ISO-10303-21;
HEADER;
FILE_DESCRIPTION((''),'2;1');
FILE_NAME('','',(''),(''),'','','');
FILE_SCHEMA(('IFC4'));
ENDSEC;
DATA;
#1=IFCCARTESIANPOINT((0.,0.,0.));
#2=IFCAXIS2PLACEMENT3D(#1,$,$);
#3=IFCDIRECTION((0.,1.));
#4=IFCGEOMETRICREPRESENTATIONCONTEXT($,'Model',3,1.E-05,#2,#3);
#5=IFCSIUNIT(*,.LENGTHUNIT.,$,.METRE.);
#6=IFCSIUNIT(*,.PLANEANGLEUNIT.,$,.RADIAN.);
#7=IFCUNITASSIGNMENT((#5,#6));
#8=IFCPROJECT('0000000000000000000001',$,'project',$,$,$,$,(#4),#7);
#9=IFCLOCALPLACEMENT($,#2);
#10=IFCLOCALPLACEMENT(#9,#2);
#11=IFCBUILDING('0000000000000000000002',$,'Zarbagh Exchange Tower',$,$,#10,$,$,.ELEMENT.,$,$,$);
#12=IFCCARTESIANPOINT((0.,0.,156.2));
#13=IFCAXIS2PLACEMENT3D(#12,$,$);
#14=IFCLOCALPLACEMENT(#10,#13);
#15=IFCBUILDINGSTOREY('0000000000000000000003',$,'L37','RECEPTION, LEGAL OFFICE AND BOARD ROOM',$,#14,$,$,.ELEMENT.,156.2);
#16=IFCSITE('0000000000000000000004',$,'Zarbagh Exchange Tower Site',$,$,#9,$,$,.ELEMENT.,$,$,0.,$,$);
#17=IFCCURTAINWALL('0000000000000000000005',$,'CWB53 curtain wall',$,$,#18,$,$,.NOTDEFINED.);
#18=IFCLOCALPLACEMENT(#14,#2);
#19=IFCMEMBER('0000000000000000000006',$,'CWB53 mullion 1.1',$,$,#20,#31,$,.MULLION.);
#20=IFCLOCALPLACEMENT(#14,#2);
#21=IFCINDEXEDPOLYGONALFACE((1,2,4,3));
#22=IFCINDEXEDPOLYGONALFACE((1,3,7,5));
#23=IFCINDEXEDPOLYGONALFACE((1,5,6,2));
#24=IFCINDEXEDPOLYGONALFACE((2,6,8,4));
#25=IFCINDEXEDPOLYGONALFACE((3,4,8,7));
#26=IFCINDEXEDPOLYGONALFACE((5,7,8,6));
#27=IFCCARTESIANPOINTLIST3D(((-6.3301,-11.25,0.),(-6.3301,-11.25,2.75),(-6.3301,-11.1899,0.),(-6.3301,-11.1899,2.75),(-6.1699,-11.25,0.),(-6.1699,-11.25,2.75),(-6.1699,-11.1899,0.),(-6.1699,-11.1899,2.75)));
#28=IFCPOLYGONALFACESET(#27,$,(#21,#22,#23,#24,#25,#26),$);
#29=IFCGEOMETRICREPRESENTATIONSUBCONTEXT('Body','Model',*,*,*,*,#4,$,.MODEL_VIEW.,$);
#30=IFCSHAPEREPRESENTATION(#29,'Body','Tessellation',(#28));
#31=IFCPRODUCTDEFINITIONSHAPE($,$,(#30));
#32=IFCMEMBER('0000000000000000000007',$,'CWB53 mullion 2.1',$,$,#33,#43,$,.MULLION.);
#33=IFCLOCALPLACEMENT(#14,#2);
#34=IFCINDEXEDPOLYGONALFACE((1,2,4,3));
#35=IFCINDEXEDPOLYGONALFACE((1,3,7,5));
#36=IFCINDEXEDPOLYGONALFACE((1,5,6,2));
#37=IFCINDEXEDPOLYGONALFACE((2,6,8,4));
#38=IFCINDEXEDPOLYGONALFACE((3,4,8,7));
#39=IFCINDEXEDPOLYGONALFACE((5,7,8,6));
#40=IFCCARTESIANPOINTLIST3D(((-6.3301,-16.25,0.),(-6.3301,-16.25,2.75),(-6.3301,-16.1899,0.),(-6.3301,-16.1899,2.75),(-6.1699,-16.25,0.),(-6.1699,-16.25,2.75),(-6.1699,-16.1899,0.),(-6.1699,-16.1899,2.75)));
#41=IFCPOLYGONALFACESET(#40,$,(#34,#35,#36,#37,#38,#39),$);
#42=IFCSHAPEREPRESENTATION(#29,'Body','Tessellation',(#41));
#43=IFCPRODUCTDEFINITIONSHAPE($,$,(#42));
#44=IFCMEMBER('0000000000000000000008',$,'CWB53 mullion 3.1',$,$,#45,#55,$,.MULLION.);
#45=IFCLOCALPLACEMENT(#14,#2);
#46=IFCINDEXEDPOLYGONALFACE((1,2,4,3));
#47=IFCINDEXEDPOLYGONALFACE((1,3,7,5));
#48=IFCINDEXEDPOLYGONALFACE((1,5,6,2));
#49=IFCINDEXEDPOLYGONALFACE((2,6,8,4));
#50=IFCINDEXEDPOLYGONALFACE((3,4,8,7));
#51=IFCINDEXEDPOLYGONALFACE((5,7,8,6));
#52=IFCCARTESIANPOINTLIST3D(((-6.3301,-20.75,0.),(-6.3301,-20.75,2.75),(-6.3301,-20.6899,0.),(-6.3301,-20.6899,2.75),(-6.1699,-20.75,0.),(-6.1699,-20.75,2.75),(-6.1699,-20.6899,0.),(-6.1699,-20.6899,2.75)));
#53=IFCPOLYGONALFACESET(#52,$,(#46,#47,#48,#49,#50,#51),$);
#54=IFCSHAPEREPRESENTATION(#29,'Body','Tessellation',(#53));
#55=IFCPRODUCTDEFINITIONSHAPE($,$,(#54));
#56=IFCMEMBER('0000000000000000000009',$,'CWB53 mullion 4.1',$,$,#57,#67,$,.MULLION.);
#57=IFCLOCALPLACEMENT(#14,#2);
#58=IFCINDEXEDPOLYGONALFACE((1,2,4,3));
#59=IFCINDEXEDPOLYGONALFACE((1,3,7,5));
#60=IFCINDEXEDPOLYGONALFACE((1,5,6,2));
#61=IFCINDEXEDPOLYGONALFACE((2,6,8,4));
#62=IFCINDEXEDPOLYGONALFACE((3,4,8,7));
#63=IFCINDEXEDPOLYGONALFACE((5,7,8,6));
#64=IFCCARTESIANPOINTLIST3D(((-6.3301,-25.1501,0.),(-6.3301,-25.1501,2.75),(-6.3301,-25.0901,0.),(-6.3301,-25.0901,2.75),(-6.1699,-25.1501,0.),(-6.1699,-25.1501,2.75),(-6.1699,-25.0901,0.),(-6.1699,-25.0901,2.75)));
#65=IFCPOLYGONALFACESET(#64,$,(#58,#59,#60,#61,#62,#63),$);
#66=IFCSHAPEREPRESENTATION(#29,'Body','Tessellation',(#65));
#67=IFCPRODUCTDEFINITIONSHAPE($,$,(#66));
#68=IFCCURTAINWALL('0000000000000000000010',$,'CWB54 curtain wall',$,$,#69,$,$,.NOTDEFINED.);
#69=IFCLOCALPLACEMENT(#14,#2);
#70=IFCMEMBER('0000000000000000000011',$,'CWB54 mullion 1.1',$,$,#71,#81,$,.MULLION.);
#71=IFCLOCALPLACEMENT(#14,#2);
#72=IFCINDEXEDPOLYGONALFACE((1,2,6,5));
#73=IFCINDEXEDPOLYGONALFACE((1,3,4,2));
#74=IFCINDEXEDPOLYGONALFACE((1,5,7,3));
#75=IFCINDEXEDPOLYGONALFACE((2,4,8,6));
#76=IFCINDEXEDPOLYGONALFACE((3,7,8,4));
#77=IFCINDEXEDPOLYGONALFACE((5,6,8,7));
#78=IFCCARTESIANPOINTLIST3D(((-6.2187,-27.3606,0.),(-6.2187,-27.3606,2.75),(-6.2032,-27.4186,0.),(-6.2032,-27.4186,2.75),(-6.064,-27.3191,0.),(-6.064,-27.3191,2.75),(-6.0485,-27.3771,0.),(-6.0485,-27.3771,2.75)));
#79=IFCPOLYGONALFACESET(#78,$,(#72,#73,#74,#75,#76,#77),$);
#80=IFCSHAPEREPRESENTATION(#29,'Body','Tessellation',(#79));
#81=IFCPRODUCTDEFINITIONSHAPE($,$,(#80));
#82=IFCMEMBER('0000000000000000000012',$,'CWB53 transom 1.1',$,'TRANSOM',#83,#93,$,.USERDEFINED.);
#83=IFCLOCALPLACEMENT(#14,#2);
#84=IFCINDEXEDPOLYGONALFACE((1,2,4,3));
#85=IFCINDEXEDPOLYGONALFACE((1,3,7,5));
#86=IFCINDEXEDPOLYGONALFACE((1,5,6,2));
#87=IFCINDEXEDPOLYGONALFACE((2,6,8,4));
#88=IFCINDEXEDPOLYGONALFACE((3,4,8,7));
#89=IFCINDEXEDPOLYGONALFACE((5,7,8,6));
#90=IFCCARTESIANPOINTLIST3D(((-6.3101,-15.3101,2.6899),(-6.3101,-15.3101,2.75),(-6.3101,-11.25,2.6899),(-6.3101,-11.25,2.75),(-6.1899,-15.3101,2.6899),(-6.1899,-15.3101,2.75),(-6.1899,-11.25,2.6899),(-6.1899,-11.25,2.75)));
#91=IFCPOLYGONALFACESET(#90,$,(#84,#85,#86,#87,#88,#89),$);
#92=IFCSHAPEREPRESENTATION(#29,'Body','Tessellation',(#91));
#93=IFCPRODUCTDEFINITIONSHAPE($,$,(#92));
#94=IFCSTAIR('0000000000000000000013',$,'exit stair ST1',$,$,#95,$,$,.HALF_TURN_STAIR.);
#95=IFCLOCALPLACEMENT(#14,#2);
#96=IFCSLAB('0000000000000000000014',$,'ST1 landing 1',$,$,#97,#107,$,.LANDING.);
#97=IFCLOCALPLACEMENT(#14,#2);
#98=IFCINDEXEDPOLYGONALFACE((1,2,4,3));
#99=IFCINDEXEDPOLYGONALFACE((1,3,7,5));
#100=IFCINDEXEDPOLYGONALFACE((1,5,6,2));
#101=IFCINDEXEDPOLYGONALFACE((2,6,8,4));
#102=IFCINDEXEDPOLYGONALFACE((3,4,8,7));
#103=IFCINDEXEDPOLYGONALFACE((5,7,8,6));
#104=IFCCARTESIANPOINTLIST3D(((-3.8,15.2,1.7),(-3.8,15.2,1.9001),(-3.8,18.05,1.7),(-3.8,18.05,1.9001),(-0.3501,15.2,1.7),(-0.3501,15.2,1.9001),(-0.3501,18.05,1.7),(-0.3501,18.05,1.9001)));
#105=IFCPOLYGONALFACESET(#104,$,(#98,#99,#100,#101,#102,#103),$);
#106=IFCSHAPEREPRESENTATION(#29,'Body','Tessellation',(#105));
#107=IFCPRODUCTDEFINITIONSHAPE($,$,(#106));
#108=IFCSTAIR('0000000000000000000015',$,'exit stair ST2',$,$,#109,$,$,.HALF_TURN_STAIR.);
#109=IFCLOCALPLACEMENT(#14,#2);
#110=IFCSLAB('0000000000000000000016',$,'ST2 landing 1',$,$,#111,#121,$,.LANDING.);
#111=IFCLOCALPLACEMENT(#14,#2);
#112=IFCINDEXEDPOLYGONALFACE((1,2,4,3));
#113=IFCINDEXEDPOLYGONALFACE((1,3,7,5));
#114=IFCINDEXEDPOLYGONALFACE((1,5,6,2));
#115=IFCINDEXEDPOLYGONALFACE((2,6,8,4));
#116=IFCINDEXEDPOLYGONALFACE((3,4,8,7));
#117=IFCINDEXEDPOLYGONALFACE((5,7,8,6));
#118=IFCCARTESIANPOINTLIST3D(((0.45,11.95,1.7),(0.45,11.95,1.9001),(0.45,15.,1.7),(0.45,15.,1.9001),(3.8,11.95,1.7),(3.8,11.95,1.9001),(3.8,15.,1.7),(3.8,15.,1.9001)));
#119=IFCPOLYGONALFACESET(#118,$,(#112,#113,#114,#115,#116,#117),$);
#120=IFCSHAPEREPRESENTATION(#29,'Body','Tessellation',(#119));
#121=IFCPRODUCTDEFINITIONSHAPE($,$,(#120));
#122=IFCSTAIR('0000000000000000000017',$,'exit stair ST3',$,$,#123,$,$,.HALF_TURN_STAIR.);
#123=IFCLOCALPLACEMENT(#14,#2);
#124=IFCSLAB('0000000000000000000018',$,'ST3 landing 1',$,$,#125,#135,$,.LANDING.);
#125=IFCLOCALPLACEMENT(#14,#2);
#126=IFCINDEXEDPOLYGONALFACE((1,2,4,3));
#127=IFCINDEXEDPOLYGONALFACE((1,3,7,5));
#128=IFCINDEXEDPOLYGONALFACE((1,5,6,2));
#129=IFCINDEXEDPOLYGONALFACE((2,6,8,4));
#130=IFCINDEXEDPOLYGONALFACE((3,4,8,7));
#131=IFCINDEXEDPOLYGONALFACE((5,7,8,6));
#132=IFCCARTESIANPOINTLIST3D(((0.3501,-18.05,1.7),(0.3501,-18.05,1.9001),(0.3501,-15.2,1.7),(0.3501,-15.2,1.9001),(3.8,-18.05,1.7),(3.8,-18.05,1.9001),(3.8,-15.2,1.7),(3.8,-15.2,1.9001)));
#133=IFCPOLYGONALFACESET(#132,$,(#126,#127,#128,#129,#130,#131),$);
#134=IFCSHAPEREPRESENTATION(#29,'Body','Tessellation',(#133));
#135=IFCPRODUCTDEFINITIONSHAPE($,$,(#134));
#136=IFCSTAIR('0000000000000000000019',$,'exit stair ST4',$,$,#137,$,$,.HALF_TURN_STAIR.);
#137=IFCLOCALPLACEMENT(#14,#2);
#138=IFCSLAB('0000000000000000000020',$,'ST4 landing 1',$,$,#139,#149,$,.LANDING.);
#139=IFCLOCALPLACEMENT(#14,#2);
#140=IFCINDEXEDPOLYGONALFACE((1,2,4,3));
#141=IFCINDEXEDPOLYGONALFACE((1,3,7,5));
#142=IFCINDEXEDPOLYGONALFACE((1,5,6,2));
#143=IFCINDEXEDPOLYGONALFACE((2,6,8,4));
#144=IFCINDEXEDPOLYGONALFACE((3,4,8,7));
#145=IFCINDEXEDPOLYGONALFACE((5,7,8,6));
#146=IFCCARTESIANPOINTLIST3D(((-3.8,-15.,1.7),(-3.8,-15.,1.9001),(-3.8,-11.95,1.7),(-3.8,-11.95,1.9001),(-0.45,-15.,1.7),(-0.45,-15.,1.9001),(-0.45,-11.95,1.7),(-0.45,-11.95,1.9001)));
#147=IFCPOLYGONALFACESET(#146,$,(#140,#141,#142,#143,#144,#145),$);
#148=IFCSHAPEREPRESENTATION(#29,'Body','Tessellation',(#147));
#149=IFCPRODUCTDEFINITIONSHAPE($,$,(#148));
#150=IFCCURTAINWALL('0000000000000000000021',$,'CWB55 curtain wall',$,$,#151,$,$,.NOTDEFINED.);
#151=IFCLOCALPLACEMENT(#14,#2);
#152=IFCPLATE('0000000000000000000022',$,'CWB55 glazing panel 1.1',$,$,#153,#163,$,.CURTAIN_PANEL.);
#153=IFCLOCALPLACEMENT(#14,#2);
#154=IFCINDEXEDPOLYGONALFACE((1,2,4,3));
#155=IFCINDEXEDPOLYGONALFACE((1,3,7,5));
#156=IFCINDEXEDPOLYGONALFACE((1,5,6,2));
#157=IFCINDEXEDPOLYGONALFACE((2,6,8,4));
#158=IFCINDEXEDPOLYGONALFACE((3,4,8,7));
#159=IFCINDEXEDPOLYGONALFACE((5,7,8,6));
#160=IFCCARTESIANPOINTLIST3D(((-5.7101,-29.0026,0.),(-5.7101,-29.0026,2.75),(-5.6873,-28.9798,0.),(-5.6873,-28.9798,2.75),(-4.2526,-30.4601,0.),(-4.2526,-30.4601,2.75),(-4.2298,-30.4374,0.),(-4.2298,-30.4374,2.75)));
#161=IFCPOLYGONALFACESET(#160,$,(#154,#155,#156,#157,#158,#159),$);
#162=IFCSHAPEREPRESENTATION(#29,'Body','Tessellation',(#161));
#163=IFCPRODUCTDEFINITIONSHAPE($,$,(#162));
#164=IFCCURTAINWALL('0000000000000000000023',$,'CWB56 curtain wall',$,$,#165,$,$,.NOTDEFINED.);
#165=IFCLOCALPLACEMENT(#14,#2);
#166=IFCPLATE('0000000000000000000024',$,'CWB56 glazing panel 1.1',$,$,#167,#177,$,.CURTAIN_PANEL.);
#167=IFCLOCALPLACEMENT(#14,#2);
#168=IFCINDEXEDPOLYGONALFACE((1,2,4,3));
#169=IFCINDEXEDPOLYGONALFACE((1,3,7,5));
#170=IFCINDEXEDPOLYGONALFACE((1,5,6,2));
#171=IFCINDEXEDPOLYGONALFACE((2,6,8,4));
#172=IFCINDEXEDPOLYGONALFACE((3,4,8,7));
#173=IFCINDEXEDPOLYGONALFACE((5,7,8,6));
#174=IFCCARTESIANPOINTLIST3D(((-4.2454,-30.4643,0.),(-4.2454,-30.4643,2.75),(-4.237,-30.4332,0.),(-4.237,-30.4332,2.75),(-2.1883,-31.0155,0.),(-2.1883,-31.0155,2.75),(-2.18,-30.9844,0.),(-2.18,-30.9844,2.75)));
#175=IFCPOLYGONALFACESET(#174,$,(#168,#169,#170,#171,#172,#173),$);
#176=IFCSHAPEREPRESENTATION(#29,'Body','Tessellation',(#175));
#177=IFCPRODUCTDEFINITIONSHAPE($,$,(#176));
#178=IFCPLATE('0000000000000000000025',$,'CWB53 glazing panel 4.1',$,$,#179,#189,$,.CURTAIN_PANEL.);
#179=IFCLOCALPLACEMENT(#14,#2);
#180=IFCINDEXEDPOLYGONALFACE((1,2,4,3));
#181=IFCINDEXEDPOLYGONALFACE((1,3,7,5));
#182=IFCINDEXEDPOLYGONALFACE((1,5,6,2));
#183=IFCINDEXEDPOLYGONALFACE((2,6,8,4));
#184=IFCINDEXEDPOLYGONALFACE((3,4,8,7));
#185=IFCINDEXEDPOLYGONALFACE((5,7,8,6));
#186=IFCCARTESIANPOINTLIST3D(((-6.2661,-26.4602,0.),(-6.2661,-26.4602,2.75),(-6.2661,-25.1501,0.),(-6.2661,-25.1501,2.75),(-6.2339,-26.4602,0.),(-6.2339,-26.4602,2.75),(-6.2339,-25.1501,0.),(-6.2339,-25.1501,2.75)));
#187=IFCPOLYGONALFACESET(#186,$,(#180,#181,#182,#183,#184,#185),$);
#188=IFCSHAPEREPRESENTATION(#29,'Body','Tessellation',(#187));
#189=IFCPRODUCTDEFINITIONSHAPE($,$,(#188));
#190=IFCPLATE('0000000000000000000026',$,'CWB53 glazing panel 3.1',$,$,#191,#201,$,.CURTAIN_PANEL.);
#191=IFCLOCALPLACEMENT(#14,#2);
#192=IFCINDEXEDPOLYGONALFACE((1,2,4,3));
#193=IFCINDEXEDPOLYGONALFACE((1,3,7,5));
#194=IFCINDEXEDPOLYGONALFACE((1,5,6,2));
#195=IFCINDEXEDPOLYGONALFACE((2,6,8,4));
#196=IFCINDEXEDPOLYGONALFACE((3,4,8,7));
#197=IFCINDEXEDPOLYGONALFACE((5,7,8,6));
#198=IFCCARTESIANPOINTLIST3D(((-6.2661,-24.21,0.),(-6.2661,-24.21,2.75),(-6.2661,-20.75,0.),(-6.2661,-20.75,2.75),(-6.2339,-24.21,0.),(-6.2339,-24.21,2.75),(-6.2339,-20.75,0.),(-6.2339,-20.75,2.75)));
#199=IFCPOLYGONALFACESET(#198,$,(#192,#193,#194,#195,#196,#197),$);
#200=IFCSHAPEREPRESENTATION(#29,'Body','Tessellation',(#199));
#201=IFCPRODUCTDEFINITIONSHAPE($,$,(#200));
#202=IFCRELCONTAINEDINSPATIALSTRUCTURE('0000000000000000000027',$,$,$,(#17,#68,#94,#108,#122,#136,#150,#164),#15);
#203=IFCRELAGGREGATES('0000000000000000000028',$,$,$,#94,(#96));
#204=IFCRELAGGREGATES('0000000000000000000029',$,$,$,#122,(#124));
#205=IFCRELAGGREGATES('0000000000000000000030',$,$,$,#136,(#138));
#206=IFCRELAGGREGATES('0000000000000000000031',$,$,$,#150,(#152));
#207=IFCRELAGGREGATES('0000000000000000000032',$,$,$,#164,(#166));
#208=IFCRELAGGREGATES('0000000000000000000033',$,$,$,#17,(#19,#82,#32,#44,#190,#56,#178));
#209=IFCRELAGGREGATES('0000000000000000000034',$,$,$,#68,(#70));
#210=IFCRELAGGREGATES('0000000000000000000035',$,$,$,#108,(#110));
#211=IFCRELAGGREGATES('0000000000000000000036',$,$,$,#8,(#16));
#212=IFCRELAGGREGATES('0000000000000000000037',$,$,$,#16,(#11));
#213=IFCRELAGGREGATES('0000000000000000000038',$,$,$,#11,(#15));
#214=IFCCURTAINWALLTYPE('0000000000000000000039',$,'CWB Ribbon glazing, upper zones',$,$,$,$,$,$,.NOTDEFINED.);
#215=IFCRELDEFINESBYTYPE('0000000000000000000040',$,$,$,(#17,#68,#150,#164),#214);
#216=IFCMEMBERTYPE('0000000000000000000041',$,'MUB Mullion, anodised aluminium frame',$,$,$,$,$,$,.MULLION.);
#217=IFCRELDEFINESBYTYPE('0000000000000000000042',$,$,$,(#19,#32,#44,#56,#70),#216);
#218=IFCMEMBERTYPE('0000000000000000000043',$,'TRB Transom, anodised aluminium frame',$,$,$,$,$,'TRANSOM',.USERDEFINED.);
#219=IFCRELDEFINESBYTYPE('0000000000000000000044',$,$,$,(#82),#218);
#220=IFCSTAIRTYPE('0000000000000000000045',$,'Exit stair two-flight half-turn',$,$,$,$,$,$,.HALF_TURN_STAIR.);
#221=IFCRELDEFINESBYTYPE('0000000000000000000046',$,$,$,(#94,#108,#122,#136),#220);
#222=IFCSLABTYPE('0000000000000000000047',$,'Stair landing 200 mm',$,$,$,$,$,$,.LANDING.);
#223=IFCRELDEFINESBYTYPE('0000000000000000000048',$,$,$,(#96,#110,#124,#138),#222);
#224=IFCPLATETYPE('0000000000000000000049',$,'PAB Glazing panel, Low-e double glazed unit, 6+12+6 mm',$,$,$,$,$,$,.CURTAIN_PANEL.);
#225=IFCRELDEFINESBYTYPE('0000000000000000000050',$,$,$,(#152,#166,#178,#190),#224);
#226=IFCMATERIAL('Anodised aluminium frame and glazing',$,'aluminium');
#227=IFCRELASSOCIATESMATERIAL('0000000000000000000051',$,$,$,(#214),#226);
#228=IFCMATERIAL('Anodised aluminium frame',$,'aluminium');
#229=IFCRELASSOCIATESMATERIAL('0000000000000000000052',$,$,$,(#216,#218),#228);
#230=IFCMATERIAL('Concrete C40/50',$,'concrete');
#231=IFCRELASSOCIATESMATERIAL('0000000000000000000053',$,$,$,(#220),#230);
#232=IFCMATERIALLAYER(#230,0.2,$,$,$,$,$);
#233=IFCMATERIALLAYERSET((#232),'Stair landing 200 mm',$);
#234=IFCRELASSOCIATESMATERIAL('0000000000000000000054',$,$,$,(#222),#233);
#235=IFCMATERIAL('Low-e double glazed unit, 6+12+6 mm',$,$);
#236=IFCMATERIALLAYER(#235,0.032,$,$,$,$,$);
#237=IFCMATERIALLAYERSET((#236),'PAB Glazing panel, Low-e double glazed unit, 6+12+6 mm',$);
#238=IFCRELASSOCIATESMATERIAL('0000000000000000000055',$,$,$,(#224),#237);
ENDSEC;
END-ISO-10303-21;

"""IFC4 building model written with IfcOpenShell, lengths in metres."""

from ifc_helpers import new_model, si_unit, direction, frame, origin, place, context, subcontext, project, spatial, polyline, outline, extrude, source, transform, mapped, material, layer, layer_set, type_object, element, aggregate, save


model = new_model("IFC4")

# Units and contexts
model_context = context("Model", 3, precision=1e-05, world=origin(), true_north=direction((0.0, 1.0)))
body_context = subcontext(model_context, "Body", "Model", "MODEL_VIEW")
ifc_project = project(units=[si_unit("LENGTHUNIT", "METRE"), si_unit("PLANEANGLEUNIT", "RADIAN")], contexts=[model_context])

# Site, building, storey
site_placement = place(None, origin())
site = spatial("IfcSite", under=ifc_project, at=site_placement, Name="Zarbagh Exchange Tower Site", CompositionType="ELEMENT", RefElevation=0.0)
building_placement = place(site_placement, origin())
building = spatial("IfcBuilding", under=site, at=building_placement, Name="Zarbagh Exchange Tower", CompositionType="ELEMENT")
storey_placement = place(building_placement, frame((0.0, 0.0, 156.2)))
storey = spatial("IfcBuildingStorey", under=building, at=storey_placement, Name="L37", Description="RECEPTION, LEGAL OFFICE AND BOARD ROOM", CompositionType="ELEMENT", Elevation=156.2)

# Curtain wall, members
ifc_material_1 = material(Name="Anodised aluminium frame and glazing", Category="aluminium")
curtain_wall_type = type_object("IfcCurtainWallType", Name="CWB Ribbon glazing, upper zones", PredefinedType="NOTDEFINED", material=ifc_material_1)
curtain_wall_1_placement = place(storey_placement, origin())
curtain_wall_1 = element("IfcCurtainWall", 1, at=curtain_wall_1_placement, inside=storey, type_object=curtain_wall_type, Name="CWB53 curtain wall", PredefinedType="NOTDEFINED")
ifc_material_2 = material(Name="Anodised aluminium frame", Category="aluminium")
member_type_1 = type_object("IfcMemberType", Name="MUB Mullion, anodised aluminium frame", PredefinedType="MULLION", material=ifc_material_2)
shared_shape_1 = source(origin(), body_context, "Body", "SweptSolid", [
    extrude(outline(polyline([(0.0, -0.0801), (0.0601, -0.0801), (0.0601, 0.0801), (0.0, 0.0801), (0.0, -0.0801)])), origin(), (0.0, 0.0, 1.0), 2.75),
])
placement = place(storey_placement, origin())
member_1 = element("IfcMember", 2, at=placement, type_object=member_type_1, Name="CWB53 mullion 1.1", PredefinedType="MULLION", context=body_context, shape_type="MappedRepresentation", body=[
    mapped(shared_shape_1, transform((-6.25, -11.1899, 0.0), x_axis=(0.0, -1.0, 0.0), y_axis=(1.0, 0.0, 0.0), z_axis=(0.0, 0.0, 1.0))),
])
member_2 = element("IfcMember", 3, at=placement, type_object=member_type_1, Name="CWB53 mullion 2.1", PredefinedType="MULLION", context=body_context, shape_type="MappedRepresentation", body=[
    mapped(shared_shape_1, transform((-6.25, -16.1899, 0.0), x_axis=(0.0, -1.0, 0.0), y_axis=(1.0, 0.0, 0.0), z_axis=(0.0, 0.0, 1.0))),
])
member_3 = element("IfcMember", 4, at=placement, type_object=member_type_1, Name="CWB53 mullion 3.1", PredefinedType="MULLION", context=body_context, shape_type="MappedRepresentation", body=[
    mapped(shared_shape_1, transform((-6.25, -20.6899, 0.0), x_axis=(0.0, -1.0, 0.0), y_axis=(1.0, 0.0, 0.0), z_axis=(0.0, 0.0, 1.0))),
])
member_4 = element("IfcMember", 5, at=placement, type_object=member_type_1, Name="CWB53 mullion 4.1", PredefinedType="MULLION", context=body_context, shape_type="MappedRepresentation", body=[
    mapped(shared_shape_1, transform((-6.25, -25.0901, 0.0), x_axis=(0.0, -1.0, 0.0), y_axis=(1.0, 0.0, 0.0), z_axis=(0.0, 0.0, 1.0))),
])

# Curtain wall, member
curtain_wall_2_placement = place(storey_placement, origin())
curtain_wall_2 = element("IfcCurtainWall", 6, at=curtain_wall_2_placement, inside=storey, type_object=curtain_wall_type, Name="CWB54 curtain wall", PredefinedType="NOTDEFINED")
member_5 = element("IfcMember", 7, at=placement, type_object=member_type_1, Name="CWB54 mullion 1.1", PredefinedType="MULLION", context=body_context, shape_type="MappedRepresentation", body=[
    mapped(shared_shape_1, transform((-6.1414, -27.3398, 0.0), x_axis=(0.258825, -0.965924, 0.0), y_axis=(0.965924, 0.258825, 0.0), z_axis=(0.0, 0.0, 1.0))),
])

# Member
member_type_2 = type_object("IfcMemberType", Name="TRB Transom, anodised aluminium frame", ElementType="TRANSOM", PredefinedType="USERDEFINED", material=ifc_material_2)
shared_shape_2 = source(origin(), body_context, "Body", "SweptSolid", [
    extrude(outline(polyline([(-0.0601, -0.0601), (0.0, -0.0601), (0.0, 0.0601), (-0.0601, 0.0601), (-0.0601, -0.0601)])), origin(), (0.0, 0.0, 1.0), 4.0601),
])
member_6 = element("IfcMember", 8, at=placement, type_object=member_type_2, Name="CWB53 transom 1.1", ObjectType="TRANSOM", PredefinedType="USERDEFINED", context=body_context, shape_type="MappedRepresentation", body=[
    mapped(shared_shape_2, transform((-6.25, -11.25, 2.75), x_axis=(0.0, 0.0, 1.0), y_axis=(-1.0, 0.0, 0.0), z_axis=(0.0, -1.0, 0.0))),
])

# Stairs, slabs
ifc_material_3 = material(Name="Concrete C40/50", Category="concrete")
stair_type = type_object("IfcStairType", Name="Exit stair two-flight half-turn", PredefinedType="HALF_TURN_STAIR", material=ifc_material_3)
stair_1_placement = place(storey_placement, origin())
stair_1 = element("IfcStair", 9, at=stair_1_placement, inside=storey, type_object=stair_type, Name="exit stair ST1", PredefinedType="HALF_TURN_STAIR")
ifc_layer_1 = layer(ifc_material_3, 0.2)
ifc_layer_set_1 = layer_set([ifc_layer_1], Name="Stair landing 200 mm")
slab_type = type_object("IfcSlabType", Name="Stair landing 200 mm", PredefinedType="LANDING", material=ifc_layer_set_1)
slab_1_placement = place(storey_placement, frame((0.0, 0.0, 1.7)))
slab_1 = element("IfcSlab", 10, at=slab_1_placement, type_object=slab_type, Name="ST1 landing 1", PredefinedType="LANDING", context=body_context, shape_type="SweptSolid", body=[
    extrude(outline(polyline([(-0.3501, 18.05), (-3.8, 18.05), (-3.8, 15.2), (-0.3501, 15.2), (-0.3501, 18.05)])), origin(), (0.0, 0.0, 1.0), 0.2002),
])
aggregate(stair_1, [slab_1])
stair_2_placement = place(storey_placement, origin())
stair_2 = element("IfcStair", 11, at=stair_2_placement, inside=storey, type_object=stair_type, Name="exit stair ST2", PredefinedType="HALF_TURN_STAIR")
slab_2_placement = place(storey_placement, frame((0.0, 0.0, 1.7)))
slab_2 = element("IfcSlab", 12, at=slab_2_placement, type_object=slab_type, Name="ST2 landing 1", PredefinedType="LANDING", context=body_context, shape_type="SweptSolid", body=[
    extrude(outline(polyline([(0.45, 11.95), (3.8, 11.95), (3.8, 15.0), (0.45, 15.0), (0.45, 11.95)])), origin(), (0.0, 0.0, 1.0), 0.2002),
])
stair_3_placement = place(storey_placement, origin())
stair_3 = element("IfcStair", 13, at=stair_3_placement, inside=storey, type_object=stair_type, Name="exit stair ST3", PredefinedType="HALF_TURN_STAIR")
slab_3_placement = place(storey_placement, frame((0.0, 0.0, 1.7)))
slab_3 = element("IfcSlab", 14, at=slab_3_placement, type_object=slab_type, Name="ST3 landing 1", PredefinedType="LANDING", context=body_context, shape_type="SweptSolid", body=[
    extrude(outline(polyline([(0.3501, -18.05), (3.8, -18.05), (3.8, -15.2), (0.3501, -15.2), (0.3501, -18.05)])), origin(), (0.0, 0.0, 1.0), 0.2002),
])
aggregate(stair_3, [slab_3])
stair_4_placement = place(storey_placement, origin())
stair_4 = element("IfcStair", 15, at=stair_4_placement, inside=storey, type_object=stair_type, Name="exit stair ST4", PredefinedType="HALF_TURN_STAIR")
slab_4_placement = place(storey_placement, frame((0.0, 0.0, 1.7)))
slab_4 = element("IfcSlab", 16, at=slab_4_placement, type_object=slab_type, Name="ST4 landing 1", PredefinedType="LANDING", context=body_context, shape_type="SweptSolid", body=[
    extrude(outline(polyline([(-0.45, -11.95), (-3.8, -11.95), (-3.8, -15.0), (-0.45, -15.0), (-0.45, -11.95)])), origin(), (0.0, 0.0, 1.0), 0.2002),
])
aggregate(stair_4, [slab_4])

# Curtain walls, plates
curtain_wall_3_placement = place(storey_placement, origin())
curtain_wall_3 = element("IfcCurtainWall", 17, at=curtain_wall_3_placement, inside=storey, type_object=curtain_wall_type, Name="CWB55 curtain wall", PredefinedType="NOTDEFINED")
ifc_material_4 = material(Name="Low-e double glazed unit, 6+12+6 mm")
ifc_layer_2 = layer(ifc_material_4, 0.032)
ifc_layer_set_2 = layer_set([ifc_layer_2], Name="PAB Glazing panel, Low-e double glazed unit, 6+12+6 mm")
plate_type = type_object("IfcPlateType", Name="PAB Glazing panel, Low-e double glazed unit, 6+12+6 mm", PredefinedType="CURTAIN_PANEL", material=ifc_layer_set_2)
shared_shape_3 = source(origin(), body_context, "Body", "SweptSolid", [
    extrude(outline(polyline([(0.0, -0.0161), (2.0613, -0.0161), (2.0613, 0.0161), (0.0, 0.0161), (0.0, -0.0161)])), origin(), (0.0, 0.0, 1.0), 2.75),
])
plate_1 = element("IfcPlate", 18, at=placement, type_object=plate_type, Name="CWB55 glazing panel 1.1", PredefinedType="CURTAIN_PANEL", context=body_context, shape_type="MappedRepresentation", body=[
    mapped(shared_shape_3, transform((-5.6987, -28.9912, 0.0), x_axis=(0.707107, -0.707107, 0.0), y_axis=(0.707107, 0.707107, 0.0), z_axis=(0.0, 0.0, 1.0))),
])
aggregate(curtain_wall_3, [plate_1])
curtain_wall_4_placement = place(storey_placement, origin())
curtain_wall_4 = element("IfcCurtainWall", 19, at=curtain_wall_4_placement, inside=storey, type_object=curtain_wall_type, Name="CWB56 curtain wall", PredefinedType="NOTDEFINED")
shared_shape_4 = source(origin(), body_context, "Body", "SweptSolid", [
    extrude(outline(polyline([(0.0, -0.0161), (2.1296, -0.0161), (2.1296, 0.0161), (0.0, 0.0161), (0.0, -0.0161)])), origin(), (0.0, 0.0, 1.0), 2.75),
])
plate_2 = element("IfcPlate", 20, at=placement, type_object=plate_type, Name="CWB56 glazing panel 1.1", PredefinedType="CURTAIN_PANEL", context=body_context, shape_type="MappedRepresentation", body=[
    mapped(shared_shape_4, transform((-4.2412, -30.4487, 0.0), x_axis=(0.965924, -0.258825, 0.0), y_axis=(0.258825, 0.965924, 0.0), z_axis=(0.0, 0.0, 1.0))),
])
aggregate(curtain_wall_4, [plate_2])

# Plates
shared_shape_5 = source(origin(), body_context, "Body", "SweptSolid", [
    extrude(outline(polyline([(0.0, -0.0161), (1.3101, -0.0161), (1.3101, 0.0161), (0.0, 0.0161), (0.0, -0.0161)])), origin(), (0.0, 0.0, 1.0), 2.75),
])
plate_3 = element("IfcPlate", 21, at=placement, type_object=plate_type, Name="CWB53 glazing panel 4.1", PredefinedType="CURTAIN_PANEL", context=body_context, shape_type="MappedRepresentation", body=[
    mapped(shared_shape_5, transform((-6.25, -25.1501, 0.0), x_axis=(0.0, -1.0, 0.0), y_axis=(1.0, 0.0, 0.0), z_axis=(0.0, 0.0, 1.0))),
])
shared_shape_6 = source(origin(), body_context, "Body", "SweptSolid", [
    extrude(outline(polyline([(0.0, -0.0161), (3.46, -0.0161), (3.46, 0.0161), (0.0, 0.0161), (0.0, -0.0161)])), origin(), (0.0, 0.0, 1.0), 2.75),
])
plate_4 = element("IfcPlate", 22, at=placement, type_object=plate_type, Name="CWB53 glazing panel 3.1", PredefinedType="CURTAIN_PANEL", context=body_context, shape_type="MappedRepresentation", body=[
    mapped(shared_shape_6, transform((-6.25, -20.75, 0.0), x_axis=(0.0, -1.0, 0.0), y_axis=(1.0, 0.0, 0.0), z_axis=(0.0, 0.0, 1.0))),
])
aggregate(curtain_wall_1, [member_1, member_6, member_2, member_3, plate_4, member_4, plate_3])
aggregate(curtain_wall_2, [member_5])

aggregate(stair_2, [slab_2])

save(model, "model.ifc")
